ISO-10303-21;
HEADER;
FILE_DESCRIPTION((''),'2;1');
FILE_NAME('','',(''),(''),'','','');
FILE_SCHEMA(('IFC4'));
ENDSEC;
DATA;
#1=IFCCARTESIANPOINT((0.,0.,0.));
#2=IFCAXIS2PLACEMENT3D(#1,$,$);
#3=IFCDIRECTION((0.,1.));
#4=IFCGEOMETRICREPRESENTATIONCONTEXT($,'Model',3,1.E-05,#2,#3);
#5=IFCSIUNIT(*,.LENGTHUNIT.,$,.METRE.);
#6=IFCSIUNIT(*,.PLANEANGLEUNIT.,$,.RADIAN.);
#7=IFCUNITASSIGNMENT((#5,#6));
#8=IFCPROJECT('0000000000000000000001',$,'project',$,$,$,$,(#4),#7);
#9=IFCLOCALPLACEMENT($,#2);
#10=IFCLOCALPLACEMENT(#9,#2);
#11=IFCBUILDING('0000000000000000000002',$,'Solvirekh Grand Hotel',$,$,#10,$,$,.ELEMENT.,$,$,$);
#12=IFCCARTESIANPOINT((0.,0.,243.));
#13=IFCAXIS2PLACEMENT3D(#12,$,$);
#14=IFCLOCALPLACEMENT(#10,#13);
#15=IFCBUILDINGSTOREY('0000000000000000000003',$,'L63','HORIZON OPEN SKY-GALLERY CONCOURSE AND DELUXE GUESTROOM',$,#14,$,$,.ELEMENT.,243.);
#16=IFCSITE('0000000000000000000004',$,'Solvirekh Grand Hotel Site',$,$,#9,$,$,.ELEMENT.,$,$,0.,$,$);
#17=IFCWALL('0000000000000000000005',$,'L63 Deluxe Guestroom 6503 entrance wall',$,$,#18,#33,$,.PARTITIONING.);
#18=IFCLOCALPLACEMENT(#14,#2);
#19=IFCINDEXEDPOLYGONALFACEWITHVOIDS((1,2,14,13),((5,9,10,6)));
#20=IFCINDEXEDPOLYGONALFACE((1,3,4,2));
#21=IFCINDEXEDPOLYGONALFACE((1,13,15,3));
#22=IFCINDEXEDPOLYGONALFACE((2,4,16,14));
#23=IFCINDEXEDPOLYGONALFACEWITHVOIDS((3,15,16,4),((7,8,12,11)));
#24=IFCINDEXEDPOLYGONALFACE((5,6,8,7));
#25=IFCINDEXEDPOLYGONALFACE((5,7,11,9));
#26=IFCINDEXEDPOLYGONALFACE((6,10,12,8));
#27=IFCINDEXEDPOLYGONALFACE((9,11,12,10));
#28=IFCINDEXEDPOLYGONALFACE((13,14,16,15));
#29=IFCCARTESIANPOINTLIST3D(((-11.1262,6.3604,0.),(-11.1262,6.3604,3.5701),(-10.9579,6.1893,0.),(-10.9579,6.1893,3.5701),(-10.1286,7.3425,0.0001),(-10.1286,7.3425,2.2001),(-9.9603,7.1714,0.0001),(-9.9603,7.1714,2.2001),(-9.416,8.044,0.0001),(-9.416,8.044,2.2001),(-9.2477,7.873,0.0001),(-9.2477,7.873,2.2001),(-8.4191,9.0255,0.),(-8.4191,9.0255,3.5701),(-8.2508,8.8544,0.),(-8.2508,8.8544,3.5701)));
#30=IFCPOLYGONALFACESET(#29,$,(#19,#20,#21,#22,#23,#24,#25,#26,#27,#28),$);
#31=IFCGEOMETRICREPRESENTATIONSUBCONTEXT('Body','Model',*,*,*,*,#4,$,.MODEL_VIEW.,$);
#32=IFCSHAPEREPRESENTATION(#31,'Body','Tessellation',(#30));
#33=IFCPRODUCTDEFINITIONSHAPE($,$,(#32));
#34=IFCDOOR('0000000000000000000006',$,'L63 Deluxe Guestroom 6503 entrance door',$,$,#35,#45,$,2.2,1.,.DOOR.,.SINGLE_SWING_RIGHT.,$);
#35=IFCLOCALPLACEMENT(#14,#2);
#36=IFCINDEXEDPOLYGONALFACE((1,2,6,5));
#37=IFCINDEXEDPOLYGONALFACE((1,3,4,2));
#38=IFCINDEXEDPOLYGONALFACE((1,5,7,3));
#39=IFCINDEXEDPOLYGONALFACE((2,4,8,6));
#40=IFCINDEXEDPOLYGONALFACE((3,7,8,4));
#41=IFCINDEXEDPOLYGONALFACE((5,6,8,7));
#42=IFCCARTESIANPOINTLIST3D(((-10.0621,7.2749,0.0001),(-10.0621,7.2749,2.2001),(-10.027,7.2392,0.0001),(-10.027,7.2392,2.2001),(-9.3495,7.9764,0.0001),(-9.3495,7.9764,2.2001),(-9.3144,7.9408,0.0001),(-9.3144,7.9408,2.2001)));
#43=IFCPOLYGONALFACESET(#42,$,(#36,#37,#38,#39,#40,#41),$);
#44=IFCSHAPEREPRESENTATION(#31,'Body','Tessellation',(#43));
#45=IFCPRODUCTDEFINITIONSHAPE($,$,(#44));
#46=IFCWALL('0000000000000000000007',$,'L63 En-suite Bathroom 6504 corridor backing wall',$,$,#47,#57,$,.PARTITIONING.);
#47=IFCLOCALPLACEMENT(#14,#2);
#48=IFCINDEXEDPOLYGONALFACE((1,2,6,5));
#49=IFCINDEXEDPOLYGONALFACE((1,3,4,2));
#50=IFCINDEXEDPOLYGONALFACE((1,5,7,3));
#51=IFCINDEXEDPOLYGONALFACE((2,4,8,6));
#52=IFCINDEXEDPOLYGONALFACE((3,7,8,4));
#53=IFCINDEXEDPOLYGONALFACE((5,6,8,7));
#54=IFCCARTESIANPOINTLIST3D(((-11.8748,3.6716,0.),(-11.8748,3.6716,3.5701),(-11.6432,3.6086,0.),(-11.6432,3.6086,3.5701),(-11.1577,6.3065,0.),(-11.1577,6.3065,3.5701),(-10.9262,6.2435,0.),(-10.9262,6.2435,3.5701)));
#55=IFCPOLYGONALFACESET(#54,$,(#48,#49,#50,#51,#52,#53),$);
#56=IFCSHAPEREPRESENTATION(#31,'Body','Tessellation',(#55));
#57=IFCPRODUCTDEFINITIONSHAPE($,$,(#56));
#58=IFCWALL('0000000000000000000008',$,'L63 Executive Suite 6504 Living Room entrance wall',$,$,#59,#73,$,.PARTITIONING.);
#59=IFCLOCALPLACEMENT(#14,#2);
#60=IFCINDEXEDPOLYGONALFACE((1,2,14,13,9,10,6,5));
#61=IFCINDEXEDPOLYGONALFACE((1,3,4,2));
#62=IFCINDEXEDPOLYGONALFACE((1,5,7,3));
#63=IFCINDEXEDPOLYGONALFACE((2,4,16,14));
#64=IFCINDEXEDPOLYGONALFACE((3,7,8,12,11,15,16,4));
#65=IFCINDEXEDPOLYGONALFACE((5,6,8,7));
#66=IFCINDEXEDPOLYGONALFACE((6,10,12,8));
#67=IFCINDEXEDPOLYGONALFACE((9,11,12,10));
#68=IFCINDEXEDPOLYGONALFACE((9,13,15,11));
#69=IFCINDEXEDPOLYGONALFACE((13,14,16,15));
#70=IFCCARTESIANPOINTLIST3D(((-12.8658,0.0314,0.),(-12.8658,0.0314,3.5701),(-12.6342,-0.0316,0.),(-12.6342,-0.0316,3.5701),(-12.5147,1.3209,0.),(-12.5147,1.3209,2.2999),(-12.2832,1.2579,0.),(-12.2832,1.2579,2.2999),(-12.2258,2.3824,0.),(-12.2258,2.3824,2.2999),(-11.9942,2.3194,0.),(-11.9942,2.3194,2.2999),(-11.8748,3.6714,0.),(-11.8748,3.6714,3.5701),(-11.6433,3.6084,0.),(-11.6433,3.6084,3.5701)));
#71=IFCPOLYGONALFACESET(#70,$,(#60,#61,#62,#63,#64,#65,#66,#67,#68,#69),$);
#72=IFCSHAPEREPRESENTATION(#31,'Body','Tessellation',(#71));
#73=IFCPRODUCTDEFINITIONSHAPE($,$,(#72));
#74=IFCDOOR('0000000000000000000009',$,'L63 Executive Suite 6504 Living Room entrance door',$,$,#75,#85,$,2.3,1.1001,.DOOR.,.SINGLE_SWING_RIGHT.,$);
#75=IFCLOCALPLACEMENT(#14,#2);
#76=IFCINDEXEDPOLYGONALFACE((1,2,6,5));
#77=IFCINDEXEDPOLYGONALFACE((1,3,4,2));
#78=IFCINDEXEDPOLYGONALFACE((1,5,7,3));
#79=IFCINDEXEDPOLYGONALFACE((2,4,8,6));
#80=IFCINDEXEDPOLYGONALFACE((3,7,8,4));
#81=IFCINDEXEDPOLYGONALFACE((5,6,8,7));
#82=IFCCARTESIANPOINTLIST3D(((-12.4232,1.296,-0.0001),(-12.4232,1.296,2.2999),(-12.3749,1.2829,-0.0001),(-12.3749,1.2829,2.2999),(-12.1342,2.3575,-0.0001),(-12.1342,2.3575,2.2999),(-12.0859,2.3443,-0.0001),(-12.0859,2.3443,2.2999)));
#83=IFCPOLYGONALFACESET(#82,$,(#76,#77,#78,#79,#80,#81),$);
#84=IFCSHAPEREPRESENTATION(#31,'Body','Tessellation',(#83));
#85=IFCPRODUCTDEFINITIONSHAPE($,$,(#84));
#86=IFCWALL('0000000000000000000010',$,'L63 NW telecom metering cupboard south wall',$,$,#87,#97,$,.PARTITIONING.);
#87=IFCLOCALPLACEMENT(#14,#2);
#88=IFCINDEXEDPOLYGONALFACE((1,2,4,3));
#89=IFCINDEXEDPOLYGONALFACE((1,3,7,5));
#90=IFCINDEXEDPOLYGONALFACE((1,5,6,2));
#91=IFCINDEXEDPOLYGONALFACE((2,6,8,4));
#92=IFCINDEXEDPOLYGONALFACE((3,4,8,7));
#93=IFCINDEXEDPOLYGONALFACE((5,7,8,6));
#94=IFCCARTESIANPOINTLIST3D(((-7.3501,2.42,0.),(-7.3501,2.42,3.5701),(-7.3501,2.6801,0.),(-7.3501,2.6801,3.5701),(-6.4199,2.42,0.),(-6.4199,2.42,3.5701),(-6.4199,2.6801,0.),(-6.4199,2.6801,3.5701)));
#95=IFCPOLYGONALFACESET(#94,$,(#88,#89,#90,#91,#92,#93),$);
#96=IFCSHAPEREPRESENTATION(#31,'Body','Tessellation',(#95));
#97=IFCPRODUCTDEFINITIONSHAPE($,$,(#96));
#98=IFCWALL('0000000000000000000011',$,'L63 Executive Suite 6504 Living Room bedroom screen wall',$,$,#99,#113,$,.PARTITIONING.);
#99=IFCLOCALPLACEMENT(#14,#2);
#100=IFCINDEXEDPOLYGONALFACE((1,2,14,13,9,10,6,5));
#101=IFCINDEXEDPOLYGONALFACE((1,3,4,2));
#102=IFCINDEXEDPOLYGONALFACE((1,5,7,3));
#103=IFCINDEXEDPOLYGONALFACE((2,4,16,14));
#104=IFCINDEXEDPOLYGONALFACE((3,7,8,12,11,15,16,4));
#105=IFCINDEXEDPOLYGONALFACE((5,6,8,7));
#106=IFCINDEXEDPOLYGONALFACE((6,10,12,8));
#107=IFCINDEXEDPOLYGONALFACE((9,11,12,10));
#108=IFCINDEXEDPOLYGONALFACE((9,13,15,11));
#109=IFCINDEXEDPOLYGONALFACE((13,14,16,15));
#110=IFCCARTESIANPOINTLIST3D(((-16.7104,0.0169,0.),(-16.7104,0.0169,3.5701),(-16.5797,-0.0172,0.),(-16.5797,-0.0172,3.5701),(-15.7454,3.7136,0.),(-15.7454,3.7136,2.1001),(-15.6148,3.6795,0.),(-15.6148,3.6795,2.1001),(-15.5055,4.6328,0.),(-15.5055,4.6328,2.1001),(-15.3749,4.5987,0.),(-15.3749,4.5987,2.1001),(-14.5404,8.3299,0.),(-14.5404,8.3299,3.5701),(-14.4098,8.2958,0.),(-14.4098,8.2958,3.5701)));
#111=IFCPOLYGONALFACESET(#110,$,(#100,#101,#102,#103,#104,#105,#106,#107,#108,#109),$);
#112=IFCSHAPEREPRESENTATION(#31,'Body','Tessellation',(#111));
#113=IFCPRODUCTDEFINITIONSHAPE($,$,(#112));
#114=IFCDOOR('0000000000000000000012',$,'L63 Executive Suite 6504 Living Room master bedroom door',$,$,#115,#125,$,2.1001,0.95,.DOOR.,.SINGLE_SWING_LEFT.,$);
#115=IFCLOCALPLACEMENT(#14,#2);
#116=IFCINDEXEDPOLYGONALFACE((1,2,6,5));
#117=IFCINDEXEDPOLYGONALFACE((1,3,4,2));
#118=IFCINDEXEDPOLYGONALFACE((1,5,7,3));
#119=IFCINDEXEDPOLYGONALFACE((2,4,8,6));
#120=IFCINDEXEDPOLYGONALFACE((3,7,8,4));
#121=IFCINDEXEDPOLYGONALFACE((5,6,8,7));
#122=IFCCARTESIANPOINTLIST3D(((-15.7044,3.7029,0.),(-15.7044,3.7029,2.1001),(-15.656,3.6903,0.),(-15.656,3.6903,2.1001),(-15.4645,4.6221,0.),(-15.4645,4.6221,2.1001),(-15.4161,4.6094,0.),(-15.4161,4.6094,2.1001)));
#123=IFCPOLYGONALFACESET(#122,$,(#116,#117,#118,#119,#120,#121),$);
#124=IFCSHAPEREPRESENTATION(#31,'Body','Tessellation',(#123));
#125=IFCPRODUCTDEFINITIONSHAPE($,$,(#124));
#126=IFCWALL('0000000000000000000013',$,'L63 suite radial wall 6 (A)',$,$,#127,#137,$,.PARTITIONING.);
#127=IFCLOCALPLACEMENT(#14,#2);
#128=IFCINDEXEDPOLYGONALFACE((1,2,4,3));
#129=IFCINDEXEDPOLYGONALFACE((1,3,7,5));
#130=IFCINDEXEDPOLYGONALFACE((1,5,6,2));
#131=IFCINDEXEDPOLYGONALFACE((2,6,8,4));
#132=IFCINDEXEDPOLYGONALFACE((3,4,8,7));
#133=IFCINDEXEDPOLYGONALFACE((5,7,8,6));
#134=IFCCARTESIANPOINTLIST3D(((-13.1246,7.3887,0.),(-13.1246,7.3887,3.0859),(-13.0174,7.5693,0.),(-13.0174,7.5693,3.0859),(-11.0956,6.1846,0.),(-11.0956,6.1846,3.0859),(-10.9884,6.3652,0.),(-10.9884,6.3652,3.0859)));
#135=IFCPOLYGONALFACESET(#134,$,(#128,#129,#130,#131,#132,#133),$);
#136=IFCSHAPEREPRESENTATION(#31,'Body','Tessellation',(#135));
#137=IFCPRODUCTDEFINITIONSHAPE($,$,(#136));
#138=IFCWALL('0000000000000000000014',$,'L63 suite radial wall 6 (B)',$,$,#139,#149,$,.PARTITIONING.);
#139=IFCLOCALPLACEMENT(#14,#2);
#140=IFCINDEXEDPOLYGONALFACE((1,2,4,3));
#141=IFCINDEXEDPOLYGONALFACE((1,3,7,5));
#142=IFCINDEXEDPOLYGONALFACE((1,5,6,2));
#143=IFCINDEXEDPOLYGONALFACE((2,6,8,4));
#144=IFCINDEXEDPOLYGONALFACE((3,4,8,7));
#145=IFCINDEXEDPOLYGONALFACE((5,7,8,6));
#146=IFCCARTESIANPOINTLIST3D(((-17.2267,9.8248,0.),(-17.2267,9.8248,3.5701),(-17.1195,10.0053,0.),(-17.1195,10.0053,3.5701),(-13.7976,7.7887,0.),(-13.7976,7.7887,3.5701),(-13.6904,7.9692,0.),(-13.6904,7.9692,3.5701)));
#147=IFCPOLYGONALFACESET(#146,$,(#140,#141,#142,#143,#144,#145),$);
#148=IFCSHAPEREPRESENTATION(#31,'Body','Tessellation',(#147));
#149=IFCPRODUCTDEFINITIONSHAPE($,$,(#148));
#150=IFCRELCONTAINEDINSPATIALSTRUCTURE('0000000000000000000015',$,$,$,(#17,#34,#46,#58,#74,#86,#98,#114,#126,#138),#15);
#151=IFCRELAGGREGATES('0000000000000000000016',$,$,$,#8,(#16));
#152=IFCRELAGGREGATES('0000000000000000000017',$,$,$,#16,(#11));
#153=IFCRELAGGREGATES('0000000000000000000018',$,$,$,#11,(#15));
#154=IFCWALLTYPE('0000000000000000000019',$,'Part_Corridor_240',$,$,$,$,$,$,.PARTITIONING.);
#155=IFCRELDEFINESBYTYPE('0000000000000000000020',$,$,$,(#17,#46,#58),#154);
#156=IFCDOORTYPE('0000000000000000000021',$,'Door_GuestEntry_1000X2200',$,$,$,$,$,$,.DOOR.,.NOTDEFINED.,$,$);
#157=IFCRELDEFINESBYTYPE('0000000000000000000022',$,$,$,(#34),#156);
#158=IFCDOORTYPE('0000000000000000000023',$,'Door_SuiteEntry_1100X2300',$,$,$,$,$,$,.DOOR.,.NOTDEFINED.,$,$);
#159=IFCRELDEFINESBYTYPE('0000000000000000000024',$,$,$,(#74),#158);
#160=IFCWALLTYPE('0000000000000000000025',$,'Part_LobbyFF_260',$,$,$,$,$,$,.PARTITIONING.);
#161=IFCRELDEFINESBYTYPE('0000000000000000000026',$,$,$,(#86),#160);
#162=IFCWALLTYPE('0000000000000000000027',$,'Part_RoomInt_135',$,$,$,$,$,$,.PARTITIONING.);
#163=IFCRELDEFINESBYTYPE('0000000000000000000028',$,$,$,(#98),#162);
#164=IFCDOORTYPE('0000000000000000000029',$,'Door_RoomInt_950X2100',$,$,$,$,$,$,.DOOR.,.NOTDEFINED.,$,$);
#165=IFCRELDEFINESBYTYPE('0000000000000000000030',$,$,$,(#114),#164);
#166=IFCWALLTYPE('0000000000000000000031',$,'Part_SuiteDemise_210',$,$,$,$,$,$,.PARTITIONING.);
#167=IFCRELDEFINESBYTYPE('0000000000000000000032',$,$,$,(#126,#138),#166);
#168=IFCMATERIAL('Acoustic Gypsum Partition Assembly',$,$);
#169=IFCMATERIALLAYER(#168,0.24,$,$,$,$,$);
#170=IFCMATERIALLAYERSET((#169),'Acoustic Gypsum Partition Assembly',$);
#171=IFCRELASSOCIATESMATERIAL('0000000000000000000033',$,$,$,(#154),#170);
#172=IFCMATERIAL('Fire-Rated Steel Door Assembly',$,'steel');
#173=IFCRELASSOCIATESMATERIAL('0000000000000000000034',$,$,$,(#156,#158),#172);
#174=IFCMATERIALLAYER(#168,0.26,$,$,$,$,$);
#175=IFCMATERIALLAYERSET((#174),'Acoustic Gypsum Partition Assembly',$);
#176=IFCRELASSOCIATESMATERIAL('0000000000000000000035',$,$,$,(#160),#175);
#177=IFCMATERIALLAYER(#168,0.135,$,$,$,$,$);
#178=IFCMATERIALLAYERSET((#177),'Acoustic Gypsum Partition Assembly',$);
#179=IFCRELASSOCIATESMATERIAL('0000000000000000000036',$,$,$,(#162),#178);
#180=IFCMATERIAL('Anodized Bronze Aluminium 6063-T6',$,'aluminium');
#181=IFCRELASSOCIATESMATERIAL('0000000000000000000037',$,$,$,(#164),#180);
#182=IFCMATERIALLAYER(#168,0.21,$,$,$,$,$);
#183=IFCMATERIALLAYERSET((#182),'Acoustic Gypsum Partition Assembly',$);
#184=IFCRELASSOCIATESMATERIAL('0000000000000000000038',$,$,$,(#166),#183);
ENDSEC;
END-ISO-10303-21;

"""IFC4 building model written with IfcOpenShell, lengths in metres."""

from ifc_helpers import new_model, si_unit, direction, frame, frame_2d, origin, place, context, subcontext, project, spatial, rectangle, extrude, material, layer, layer_set, type_object, element, fill, save


model = new_model("IFC4")

# Units and contexts
model_context = context("Model", 3, precision=1e-05, world=origin(), true_north=direction((0.0, 1.0)))
body_context = subcontext(model_context, "Body", "Model", "MODEL_VIEW")
ifc_project = project(units=[si_unit("LENGTHUNIT", "METRE"), si_unit("PLANEANGLEUNIT", "RADIAN")], contexts=[model_context])

# Site, building, storey
site_placement = place(None, origin())
site = spatial("IfcSite", under=ifc_project, at=site_placement, Name="Solvirekh Grand Hotel Site", CompositionType="ELEMENT", RefElevation=0.0)
building_placement = place(site_placement, origin())
building = spatial("IfcBuilding", under=site, at=building_placement, Name="Solvirekh Grand Hotel", CompositionType="ELEMENT")
storey_placement = place(building_placement, frame((0.0, 0.0, 243.0)))
storey = spatial("IfcBuildingStorey", under=building, at=storey_placement, Name="L63", Description="HORIZON OPEN SKY-GALLERY CONCOURSE AND DELUXE GUESTROOM", CompositionType="ELEMENT", Elevation=243.0)

# Shared definitions
ifc_material_1 = material(Name="Anodized Bronze Aluminium 6063-T6", Category="aluminium")

# Wall, opening, door
ifc_material_2 = material(Name="Acoustic Gypsum Partition Assembly")
ifc_layer_1 = layer(ifc_material_2, 0.24)
ifc_layer_set_1 = layer_set([ifc_layer_1], Name="Acoustic Gypsum Partition Assembly")
wall_type_1 = type_object("IfcWallType", Name="Part_Corridor_240", PredefinedType="PARTITIONING", material=ifc_layer_set_1)
wall_1_placement = place(storey_placement, frame((-8.335, 8.9399, 0.0), z_axis=(0.0, 0.0, 1.0), x_axis=(-0.712612, -0.701558, 0.0)))
wall_1 = element("IfcWall", 1, at=wall_1_placement, inside=storey, type_object=wall_type_1, Name="L63 Deluxe Guestroom 6503 entrance wall", PredefinedType="PARTITIONING", context=body_context, shape_type="SweptSolid", body=[
    extrude(rectangle(XDim=3.7988, YDim=0.24, at=frame_2d((1.8994, 0.0))), origin(), (0.0, 0.0, 1.0), 3.5701),
])
opening_1_placement = place(wall_1_placement, frame((1.3989, 0.0, 0.0)))
opening_1 = element("IfcOpeningElement", 2, at=opening_1_placement, cuts=wall_1, PredefinedType="OPENING", context=body_context, shape_type="SweptSolid", body=[
    extrude(rectangle(XDim=1.0, YDim=2.2, at=frame_2d((0.5, 1.1001))), frame((0.0, 0.1299, 0.0), z_axis=(0.0, -1.0, 0.0), x_axis=(1.0, 0.0, 0.0)), (0.0, 0.0, 1.0), 0.26),
])
ifc_material_3 = material(Name="Fire-Rated Steel Door Assembly", Category="steel")
door_type_1 = type_object("IfcDoorType", Name="Door_GuestEntry_1000X2200", OperationType="NOTDEFINED", PredefinedType="DOOR", material=ifc_material_3)
door_1_placement = place(opening_1_placement, origin())
door_1 = element("IfcDoor", 3, at=door_1_placement, inside=storey, type_object=door_type_1, Name="L63 Deluxe Guestroom 6503 entrance door", OperationType="SINGLE_SWING_RIGHT", OverallHeight=2.2, OverallWidth=1.0, PredefinedType="DOOR", context=body_context, shape_type="SweptSolid", body=[
    extrude(rectangle(XDim=1.0, YDim=2.2, at=frame_2d((0.5, 1.1001))), frame((0.0, 0.0249, 0.0), z_axis=(0.0, -1.0, 0.0), x_axis=(1.0, 0.0, 0.0)), (0.0, 0.0, 1.0), 0.05),
])
fill(opening_1, door_1)

# Wall
wall_2_placement = place(storey_placement, frame((-11.042, 6.2749, 0.0), z_axis=(0.0, 0.0, 1.0), x_axis=(-0.262573, -0.964912, 0.0)))
element("IfcWall", 4, at=wall_2_placement, inside=storey, type_object=wall_type_1, Name="L63 En-suite Bathroom 6504 corridor backing wall", PredefinedType="PARTITIONING", context=body_context, shape_type="SweptSolid", body=[
    extrude(rectangle(XDim=2.7307, YDim=0.24, at=frame_2d((1.3652, 0.0))), origin(), (0.0, 0.0, 1.0), 3.5701),
])

# Wall, opening, door
wall_3_placement = place(storey_placement, frame((-11.759, 3.6399, 0.0), z_axis=(0.0, 0.0, 1.0), x_axis=(-0.26269, -0.96488, 0.0)))
wall_3 = element("IfcWall", 5, at=wall_3_placement, inside=storey, type_object=wall_type_1, Name="L63 Executive Suite 6504 Living Room entrance wall", PredefinedType="PARTITIONING", context=body_context, shape_type="SweptSolid", body=[
    extrude(rectangle(XDim=3.7725, YDim=0.24, at=frame_2d((1.8862, 0.0))), origin(), (0.0, 0.0, 1.0), 3.5701),
])
opening_2_placement = place(wall_3_placement, frame((1.3359, 0.0, 0.0)))
opening_2 = element("IfcOpeningElement", 6, at=opening_2_placement, cuts=wall_3, PredefinedType="OPENING", context=body_context, shape_type="SweptSolid", body=[
    extrude(rectangle(XDim=1.1001, YDim=2.3, at=frame_2d((0.55, 1.1499))), frame((0.0, 0.1299, 0.0), z_axis=(0.0, -1.0, 0.0), x_axis=(1.0, 0.0, 0.0)), (0.0, 0.0, 1.0), 0.26),
])
door_type_2 = type_object("IfcDoorType", Name="Door_SuiteEntry_1100X2300", OperationType="NOTDEFINED", PredefinedType="DOOR", material=ifc_material_3)
door_2_placement = place(opening_2_placement, origin())
door_2 = element("IfcDoor", 7, at=door_2_placement, inside=storey, type_object=door_type_2, Name="L63 Executive Suite 6504 Living Room entrance door", OperationType="SINGLE_SWING_RIGHT", OverallHeight=2.3, OverallWidth=1.1001, PredefinedType="DOOR", context=body_context, shape_type="SweptSolid", body=[
    extrude(rectangle(XDim=1.1001, YDim=2.3, at=frame_2d((0.55, 1.1499))), frame((0.0, 0.0249, 0.0), z_axis=(0.0, -1.0, 0.0), x_axis=(1.0, 0.0, 0.0)), (0.0, 0.0, 1.0), 0.05),
])
fill(opening_2, door_2)

# Wall
ifc_layer_2 = layer(ifc_material_2, 0.26)
ifc_layer_set_2 = layer_set([ifc_layer_2], Name="Acoustic Gypsum Partition Assembly")
wall_type_2 = type_object("IfcWallType", Name="Part_LobbyFF_260", PredefinedType="PARTITIONING", material=ifc_layer_set_2)
wall_4_placement = place(storey_placement, frame((-7.3501, 2.55, 0.0), z_axis=(0.0, 0.0, 1.0), x_axis=(1.0, 0.0, 0.0)))
element("IfcWall", 8, at=wall_4_placement, inside=storey, type_object=wall_type_2, Name="L63 NW telecom metering cupboard south wall", PredefinedType="PARTITIONING", context=body_context, shape_type="SweptSolid", body=[
    extrude(rectangle(XDim=0.9302, YDim=0.26, at=frame_2d((0.4651, 0.0))), origin(), (0.0, 0.0, 1.0), 3.5701),
])

# Wall, opening, door
ifc_layer_3 = layer(ifc_material_2, 0.135)
ifc_layer_set_3 = layer_set([ifc_layer_3], Name="Acoustic Gypsum Partition Assembly")
wall_type_3 = type_object("IfcWallType", Name="Part_RoomInt_135", PredefinedType="PARTITIONING", material=ifc_layer_set_3)
wall_5_placement = place(storey_placement, frame((-14.4751, 8.313, 0.0), z_axis=(0.0, 0.0, 1.0), x_axis=(-0.252565, -0.96758, 0.0)))
wall_5 = element("IfcWall", 9, at=wall_5_placement, inside=storey, type_object=wall_type_3, Name="L63 Executive Suite 6504 Living Room bedroom screen wall", PredefinedType="PARTITIONING", context=body_context, shape_type="SweptSolid", body=[
    extrude(rectangle(XDim=8.5916, YDim=0.135, at=frame_2d((4.2959, 0.0))), origin(), (0.0, 0.0, 1.0), 3.5701),
])
opening_3_placement = place(wall_5_placement, frame((3.821, 0.0, 0.0)))
opening_3 = element("IfcOpeningElement", 10, at=opening_3_placement, cuts=wall_5, PredefinedType="OPENING", context=body_context, shape_type="SweptSolid", body=[
    extrude(rectangle(XDim=0.95, YDim=2.1001, at=frame_2d((0.4751, 1.05))), frame((0.0, 0.0776, 0.0), z_axis=(0.0, -1.0, 0.0), x_axis=(1.0, 0.0, 0.0)), (0.0, 0.0, 1.0), 0.155),
])
door_type_3 = type_object("IfcDoorType", Name="Door_RoomInt_950X2100", OperationType="NOTDEFINED", PredefinedType="DOOR", material=ifc_material_1)
door_3_placement = place(opening_3_placement, origin())
door_3 = element("IfcDoor", 11, at=door_3_placement, inside=storey, type_object=door_type_3, Name="L63 Executive Suite 6504 Living Room master bedroom door", OperationType="SINGLE_SWING_LEFT", OverallHeight=2.1001, OverallWidth=0.95, PredefinedType="DOOR", context=body_context, shape_type="SweptSolid", body=[
    extrude(rectangle(XDim=0.95, YDim=2.1001, at=frame_2d((0.4751, 1.05))), frame((0.0, 0.0249, 0.0), z_axis=(0.0, -1.0, 0.0), x_axis=(1.0, 0.0, 0.0)), (0.0, 0.0, 1.0), 0.05),
])
fill(opening_3, door_3)

# Walls
ifc_layer_4 = layer(ifc_material_2, 0.21)
ifc_layer_set_4 = layer_set([ifc_layer_4], Name="Acoustic Gypsum Partition Assembly")
wall_type_4 = type_object("IfcWallType", Name="Part_SuiteDemise_210", PredefinedType="PARTITIONING", material=ifc_layer_set_4)
wall_6_placement = place(storey_placement, frame((-11.042, 6.2749, 0.0), z_axis=(0.0, 0.0, 1.0), x_axis=(-0.859975, 0.510336, 0.0)))
element("IfcWall", 12, at=wall_6_placement, inside=storey, type_object=wall_type_4, Name="L63 suite radial wall 6 (A)", PredefinedType="PARTITIONING", context=body_context, shape_type="SweptSolid", body=[
    extrude(rectangle(XDim=2.3594, YDim=0.21, at=frame_2d((1.1797, 0.0))), origin(), (0.0, 0.0, 1.0), 3.0859),
])
wall_7_placement = place(storey_placement, frame((-13.7439, 7.8789, 0.0), z_axis=(0.0, 0.0, 1.0), x_axis=(-0.85985, 0.510547, 0.0)))
element("IfcWall", 13, at=wall_7_placement, inside=storey, type_object=wall_type_4, Name="L63 suite radial wall 6 (B)", PredefinedType="PARTITIONING", context=body_context, shape_type="SweptSolid", body=[
    extrude(rectangle(XDim=3.988, YDim=0.21, at=frame_2d((1.9941, 0.0))), origin(), (0.0, 0.0, 1.0), 3.5701),
])

save(model, "model.ifc")
